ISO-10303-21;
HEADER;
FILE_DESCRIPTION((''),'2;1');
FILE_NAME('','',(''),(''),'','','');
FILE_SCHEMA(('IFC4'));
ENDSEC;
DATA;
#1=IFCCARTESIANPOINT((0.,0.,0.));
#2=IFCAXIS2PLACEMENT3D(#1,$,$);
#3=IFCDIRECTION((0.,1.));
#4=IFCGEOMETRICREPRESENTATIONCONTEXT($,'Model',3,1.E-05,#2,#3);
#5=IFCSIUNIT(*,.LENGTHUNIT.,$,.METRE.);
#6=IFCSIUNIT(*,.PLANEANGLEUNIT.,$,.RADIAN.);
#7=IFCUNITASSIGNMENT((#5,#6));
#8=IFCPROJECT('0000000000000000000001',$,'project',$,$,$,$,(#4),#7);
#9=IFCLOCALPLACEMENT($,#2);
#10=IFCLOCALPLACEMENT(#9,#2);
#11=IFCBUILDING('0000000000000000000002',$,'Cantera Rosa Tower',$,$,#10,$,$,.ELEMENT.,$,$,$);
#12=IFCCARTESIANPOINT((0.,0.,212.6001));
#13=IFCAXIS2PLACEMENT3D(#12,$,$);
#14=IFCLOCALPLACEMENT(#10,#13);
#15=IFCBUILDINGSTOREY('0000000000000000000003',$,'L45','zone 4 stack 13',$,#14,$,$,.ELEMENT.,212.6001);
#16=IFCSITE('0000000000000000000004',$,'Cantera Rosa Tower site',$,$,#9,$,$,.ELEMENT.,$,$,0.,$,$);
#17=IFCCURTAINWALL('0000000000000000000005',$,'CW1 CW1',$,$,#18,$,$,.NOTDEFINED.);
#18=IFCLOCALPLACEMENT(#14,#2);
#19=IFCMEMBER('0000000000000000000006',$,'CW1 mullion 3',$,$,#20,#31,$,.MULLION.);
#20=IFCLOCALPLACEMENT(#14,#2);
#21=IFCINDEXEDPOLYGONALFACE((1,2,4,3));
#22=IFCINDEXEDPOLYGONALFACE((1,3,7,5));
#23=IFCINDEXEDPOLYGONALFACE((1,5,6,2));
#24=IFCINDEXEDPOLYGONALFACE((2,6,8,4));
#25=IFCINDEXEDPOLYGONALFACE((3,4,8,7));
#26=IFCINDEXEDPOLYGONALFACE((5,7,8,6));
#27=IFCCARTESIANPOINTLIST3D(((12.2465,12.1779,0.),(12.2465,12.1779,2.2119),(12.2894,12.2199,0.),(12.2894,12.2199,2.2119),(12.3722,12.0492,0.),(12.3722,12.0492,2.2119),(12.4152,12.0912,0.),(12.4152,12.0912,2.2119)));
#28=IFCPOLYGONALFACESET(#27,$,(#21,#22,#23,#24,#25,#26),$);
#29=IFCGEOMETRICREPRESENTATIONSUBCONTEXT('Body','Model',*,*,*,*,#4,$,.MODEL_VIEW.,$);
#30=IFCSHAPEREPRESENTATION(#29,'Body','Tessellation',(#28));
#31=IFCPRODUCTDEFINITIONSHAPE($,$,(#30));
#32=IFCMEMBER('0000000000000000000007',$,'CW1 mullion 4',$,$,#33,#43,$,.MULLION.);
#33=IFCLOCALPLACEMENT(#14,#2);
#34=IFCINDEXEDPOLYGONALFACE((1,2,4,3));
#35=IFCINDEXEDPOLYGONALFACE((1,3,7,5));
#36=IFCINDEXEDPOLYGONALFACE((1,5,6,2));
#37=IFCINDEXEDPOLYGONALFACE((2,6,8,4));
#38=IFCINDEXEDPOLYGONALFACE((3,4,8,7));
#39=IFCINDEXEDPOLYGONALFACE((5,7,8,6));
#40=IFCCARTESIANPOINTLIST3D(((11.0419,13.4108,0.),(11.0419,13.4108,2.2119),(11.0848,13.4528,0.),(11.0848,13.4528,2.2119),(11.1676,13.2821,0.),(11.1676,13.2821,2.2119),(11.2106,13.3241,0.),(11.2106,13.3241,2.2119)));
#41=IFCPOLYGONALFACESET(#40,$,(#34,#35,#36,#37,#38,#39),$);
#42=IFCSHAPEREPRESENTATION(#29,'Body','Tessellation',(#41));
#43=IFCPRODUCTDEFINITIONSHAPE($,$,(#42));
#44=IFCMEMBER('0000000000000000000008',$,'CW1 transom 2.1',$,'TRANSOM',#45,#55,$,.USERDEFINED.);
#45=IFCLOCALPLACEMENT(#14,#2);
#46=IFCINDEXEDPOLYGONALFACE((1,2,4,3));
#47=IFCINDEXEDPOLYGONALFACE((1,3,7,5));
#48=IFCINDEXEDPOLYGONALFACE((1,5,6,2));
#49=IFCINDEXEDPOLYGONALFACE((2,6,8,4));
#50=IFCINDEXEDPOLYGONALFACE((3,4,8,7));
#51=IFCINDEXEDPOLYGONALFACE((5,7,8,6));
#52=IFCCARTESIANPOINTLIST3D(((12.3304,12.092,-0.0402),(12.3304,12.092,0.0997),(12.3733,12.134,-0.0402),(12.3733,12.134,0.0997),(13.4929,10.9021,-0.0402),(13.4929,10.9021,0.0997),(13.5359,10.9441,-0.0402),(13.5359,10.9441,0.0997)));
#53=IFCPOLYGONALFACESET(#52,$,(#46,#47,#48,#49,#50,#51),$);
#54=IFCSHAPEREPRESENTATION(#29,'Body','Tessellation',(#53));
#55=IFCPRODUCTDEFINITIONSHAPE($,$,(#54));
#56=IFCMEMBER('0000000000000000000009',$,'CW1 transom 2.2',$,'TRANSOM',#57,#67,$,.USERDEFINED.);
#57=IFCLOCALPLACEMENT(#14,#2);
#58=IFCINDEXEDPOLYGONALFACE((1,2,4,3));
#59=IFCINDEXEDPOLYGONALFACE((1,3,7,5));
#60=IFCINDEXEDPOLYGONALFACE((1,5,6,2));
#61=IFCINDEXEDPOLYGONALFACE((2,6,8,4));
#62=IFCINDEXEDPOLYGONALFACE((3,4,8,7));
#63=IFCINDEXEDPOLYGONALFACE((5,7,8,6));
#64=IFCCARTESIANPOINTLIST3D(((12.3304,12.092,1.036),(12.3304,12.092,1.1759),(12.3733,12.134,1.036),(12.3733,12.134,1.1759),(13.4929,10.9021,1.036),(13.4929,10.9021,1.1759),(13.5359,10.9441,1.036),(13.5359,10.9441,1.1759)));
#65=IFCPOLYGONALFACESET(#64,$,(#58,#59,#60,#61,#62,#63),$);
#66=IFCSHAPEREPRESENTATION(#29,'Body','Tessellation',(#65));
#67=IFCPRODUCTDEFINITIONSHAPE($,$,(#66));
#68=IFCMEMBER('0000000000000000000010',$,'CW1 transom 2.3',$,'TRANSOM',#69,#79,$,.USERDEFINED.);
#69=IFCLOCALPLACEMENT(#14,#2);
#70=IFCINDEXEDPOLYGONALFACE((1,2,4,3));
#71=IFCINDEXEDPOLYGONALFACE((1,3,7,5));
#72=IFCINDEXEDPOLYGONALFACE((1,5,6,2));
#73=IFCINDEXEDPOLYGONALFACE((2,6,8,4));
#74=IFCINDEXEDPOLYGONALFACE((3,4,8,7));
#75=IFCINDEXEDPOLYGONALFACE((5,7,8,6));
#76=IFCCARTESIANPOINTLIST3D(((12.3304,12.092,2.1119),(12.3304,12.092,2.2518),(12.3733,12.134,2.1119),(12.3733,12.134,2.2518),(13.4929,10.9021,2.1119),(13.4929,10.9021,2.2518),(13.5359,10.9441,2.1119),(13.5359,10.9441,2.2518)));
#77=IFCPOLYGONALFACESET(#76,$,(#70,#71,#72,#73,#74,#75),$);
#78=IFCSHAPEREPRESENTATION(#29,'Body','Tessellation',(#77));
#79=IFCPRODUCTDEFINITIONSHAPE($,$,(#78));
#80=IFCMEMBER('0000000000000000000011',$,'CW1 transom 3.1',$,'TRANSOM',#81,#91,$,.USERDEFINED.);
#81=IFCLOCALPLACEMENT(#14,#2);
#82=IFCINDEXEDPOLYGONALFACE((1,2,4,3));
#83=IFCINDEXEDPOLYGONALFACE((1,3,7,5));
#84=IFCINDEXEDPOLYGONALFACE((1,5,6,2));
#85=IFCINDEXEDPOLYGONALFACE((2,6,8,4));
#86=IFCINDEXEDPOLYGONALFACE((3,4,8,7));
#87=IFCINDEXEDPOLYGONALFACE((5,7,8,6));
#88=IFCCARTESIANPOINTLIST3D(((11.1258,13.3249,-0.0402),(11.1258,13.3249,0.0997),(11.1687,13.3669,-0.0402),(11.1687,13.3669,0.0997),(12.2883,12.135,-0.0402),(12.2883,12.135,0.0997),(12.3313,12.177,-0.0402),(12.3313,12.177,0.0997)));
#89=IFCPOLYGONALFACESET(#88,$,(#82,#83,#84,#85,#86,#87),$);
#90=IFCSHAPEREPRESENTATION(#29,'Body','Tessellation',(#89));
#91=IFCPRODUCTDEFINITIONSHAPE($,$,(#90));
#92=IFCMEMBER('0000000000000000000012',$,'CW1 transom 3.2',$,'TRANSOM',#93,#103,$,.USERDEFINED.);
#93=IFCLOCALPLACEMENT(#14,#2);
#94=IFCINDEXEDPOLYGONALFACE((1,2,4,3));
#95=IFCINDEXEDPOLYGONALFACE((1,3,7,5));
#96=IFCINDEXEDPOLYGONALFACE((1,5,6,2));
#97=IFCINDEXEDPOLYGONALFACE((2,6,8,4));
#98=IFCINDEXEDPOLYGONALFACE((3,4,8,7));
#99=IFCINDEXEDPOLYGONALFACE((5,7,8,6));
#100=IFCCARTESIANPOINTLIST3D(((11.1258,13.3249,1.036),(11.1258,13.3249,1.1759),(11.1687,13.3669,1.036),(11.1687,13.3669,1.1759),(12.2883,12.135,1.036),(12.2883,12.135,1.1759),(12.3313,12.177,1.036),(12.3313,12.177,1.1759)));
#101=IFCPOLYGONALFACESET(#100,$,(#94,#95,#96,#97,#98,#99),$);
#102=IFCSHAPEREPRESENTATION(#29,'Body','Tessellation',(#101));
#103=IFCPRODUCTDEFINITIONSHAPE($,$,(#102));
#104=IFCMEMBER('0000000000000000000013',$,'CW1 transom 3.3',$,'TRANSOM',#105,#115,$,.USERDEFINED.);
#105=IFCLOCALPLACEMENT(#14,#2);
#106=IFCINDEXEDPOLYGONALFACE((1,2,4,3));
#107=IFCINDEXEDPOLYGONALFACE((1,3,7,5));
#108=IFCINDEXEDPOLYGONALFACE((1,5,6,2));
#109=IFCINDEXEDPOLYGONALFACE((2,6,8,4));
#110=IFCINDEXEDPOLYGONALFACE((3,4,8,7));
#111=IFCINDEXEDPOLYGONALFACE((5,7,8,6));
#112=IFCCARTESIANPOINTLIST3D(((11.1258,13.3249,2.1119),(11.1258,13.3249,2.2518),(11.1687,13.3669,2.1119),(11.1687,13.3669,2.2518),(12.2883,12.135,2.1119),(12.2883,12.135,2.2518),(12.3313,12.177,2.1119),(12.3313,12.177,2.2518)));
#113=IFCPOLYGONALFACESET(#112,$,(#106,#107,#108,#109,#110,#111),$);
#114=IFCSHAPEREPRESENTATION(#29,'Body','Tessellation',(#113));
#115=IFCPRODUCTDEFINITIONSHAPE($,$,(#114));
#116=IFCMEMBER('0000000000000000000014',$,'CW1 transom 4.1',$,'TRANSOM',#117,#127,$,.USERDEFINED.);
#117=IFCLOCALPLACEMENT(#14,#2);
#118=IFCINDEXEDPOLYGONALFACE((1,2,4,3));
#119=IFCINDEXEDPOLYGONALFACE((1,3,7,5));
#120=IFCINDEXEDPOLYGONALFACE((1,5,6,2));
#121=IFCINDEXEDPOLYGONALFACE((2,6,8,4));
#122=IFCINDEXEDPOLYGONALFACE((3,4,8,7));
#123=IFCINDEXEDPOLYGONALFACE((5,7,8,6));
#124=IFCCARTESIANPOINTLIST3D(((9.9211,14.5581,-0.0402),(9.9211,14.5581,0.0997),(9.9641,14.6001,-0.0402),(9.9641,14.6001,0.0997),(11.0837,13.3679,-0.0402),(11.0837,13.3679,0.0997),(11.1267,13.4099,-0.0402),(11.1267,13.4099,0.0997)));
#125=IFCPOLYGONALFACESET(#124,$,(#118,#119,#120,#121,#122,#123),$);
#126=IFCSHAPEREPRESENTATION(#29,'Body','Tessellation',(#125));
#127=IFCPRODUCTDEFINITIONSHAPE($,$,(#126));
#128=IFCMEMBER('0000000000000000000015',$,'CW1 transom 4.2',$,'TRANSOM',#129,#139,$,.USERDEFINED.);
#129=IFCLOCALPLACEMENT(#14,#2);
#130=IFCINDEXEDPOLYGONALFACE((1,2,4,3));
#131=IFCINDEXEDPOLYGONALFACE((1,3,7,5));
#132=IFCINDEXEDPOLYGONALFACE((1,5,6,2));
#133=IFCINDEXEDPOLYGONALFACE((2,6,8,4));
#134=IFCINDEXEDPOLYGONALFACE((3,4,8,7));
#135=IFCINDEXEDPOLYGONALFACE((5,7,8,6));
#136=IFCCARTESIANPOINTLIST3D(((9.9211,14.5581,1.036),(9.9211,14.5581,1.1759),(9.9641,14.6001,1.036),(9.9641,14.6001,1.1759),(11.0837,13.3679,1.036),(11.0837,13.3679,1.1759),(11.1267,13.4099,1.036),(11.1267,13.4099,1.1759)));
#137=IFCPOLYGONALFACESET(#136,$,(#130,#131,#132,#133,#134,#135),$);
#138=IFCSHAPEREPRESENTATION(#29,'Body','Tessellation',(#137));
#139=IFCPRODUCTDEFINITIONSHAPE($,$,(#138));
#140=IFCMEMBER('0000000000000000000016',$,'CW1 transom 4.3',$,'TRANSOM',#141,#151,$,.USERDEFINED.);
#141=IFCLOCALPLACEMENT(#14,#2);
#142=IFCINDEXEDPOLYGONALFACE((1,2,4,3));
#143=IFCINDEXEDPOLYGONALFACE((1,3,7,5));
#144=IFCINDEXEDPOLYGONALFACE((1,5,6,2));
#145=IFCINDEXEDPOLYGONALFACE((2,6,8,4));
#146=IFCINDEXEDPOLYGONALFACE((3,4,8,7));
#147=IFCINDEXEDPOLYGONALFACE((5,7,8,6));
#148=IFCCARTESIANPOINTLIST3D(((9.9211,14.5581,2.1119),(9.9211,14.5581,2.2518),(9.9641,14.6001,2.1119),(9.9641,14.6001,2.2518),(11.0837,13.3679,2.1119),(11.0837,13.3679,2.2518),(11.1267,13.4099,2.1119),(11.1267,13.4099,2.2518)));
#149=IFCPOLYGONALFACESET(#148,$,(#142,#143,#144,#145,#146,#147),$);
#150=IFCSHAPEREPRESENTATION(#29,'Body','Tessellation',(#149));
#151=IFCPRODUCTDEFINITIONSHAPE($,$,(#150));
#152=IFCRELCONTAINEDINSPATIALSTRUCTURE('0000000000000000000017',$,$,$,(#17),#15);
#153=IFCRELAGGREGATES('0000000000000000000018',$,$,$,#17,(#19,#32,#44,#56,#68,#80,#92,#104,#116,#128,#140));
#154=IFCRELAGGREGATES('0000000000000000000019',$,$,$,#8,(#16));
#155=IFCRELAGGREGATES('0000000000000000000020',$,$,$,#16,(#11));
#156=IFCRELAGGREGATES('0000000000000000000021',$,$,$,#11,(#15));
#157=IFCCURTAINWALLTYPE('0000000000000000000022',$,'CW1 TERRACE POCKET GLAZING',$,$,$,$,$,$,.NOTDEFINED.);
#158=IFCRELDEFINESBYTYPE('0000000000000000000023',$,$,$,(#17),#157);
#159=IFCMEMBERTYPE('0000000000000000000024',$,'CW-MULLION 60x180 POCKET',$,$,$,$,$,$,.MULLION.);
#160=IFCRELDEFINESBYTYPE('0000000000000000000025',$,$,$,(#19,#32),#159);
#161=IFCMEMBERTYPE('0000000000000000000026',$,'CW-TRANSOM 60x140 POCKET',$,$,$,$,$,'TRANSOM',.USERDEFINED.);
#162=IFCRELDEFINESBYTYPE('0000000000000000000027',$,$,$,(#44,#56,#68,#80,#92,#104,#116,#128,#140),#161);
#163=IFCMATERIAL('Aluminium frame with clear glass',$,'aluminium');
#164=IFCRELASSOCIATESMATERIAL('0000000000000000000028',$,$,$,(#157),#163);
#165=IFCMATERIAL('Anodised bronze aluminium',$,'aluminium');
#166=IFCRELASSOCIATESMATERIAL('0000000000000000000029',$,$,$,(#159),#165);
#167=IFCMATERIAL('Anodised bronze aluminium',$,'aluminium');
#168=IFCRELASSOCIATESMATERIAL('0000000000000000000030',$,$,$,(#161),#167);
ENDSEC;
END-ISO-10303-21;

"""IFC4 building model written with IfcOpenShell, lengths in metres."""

from ifc_helpers import new_model, si_unit, direction, frame, origin, origin_2d, place, context, subcontext, project, spatial, rectangle, extrude, material, material_profile, profile_set, type_object, element, aggregate, save


model = new_model("IFC4")

# Units and contexts
model_context = context("Model", 3, precision=1e-05, world=origin(), true_north=direction((0.0, 1.0)))
body_context = subcontext(model_context, "Body", "Model", "MODEL_VIEW")
ifc_project = project(units=[si_unit("LENGTHUNIT", "METRE"), si_unit("PLANEANGLEUNIT", "RADIAN")], contexts=[model_context])

# Site, building, storey
site_placement = place(None, origin())
site = spatial("IfcSite", under=ifc_project, at=site_placement, Name="Cantera Rosa Tower site", CompositionType="ELEMENT", RefElevation=0.0)
building_placement = place(site_placement, origin())
building = spatial("IfcBuilding", under=site, at=building_placement, Name="Cantera Rosa Tower", CompositionType="ELEMENT")
storey_placement = place(building_placement, frame((0.0, 0.0, 212.6001)))
storey = spatial("IfcBuildingStorey", under=building, at=storey_placement, Name="L45", Description="zone 4 stack 13", CompositionType="ELEMENT", Elevation=212.6001)

# Curtain wall, members
ifc_material_1 = material(Name="Aluminium frame with clear glass", Category="aluminium")
curtain_wall_type = type_object("IfcCurtainWallType", Name="CW1 TERRACE POCKET GLAZING", PredefinedType="NOTDEFINED", material=ifc_material_1)
curtain_wall_placement = place(storey_placement, origin())
curtain_wall = element("IfcCurtainWall", 1, at=curtain_wall_placement, inside=storey, type_object=curtain_wall_type, Name="CW1 CW1", PredefinedType="NOTDEFINED")
ifc_material_2 = material(Name="Anodised bronze aluminium", Category="aluminium")
ifc_material_profile_1 = material_profile(ifc_material_2, rectangle(XDim=0.0601, YDim=0.1799, at=origin_2d()), Name="CW-MULLION 60x180 POCKET")
ifc_profile_set_1 = profile_set([ifc_material_profile_1], Name="Anodised bronze aluminium")
member_type_1 = type_object("IfcMemberType", Name="CW-MULLION 60x180 POCKET", PredefinedType="MULLION", material=ifc_profile_set_1)
member_1_placement = place(storey_placement, frame((12.3308, 12.1345, 0.0), z_axis=(0.0, 0.0, 1.0), x_axis=(-0.715286, -0.698832, 0.0)))
member_1 = element("IfcMember", 2, at=member_1_placement, type_object=member_type_1, Name="CW1 mullion 3", PredefinedType="MULLION", context=body_context, shape_type="SweptSolid", body=[
    extrude(rectangle(XDim=0.0601, YDim=0.1799, at=origin_2d()), origin(), (0.0, 0.0, 1.0), 2.2119),
])
member_2_placement = place(storey_placement, frame((11.1262, 13.3674, 0.0), z_axis=(0.0, 0.0, 1.0), x_axis=(-0.715286, -0.698832, 0.0)))
member_2 = element("IfcMember", 3, at=member_2_placement, type_object=member_type_1, Name="CW1 mullion 4", PredefinedType="MULLION", context=body_context, shape_type="SweptSolid", body=[
    extrude(rectangle(XDim=0.0601, YDim=0.1799, at=origin_2d()), origin(), (0.0, 0.0, 1.0), 2.2119),
])
ifc_material_3 = material(Name="Anodised bronze aluminium", Category="aluminium")
ifc_material_profile_2 = material_profile(ifc_material_3, rectangle(XDim=0.0601, YDim=0.1399, at=origin_2d()), Name="CW-TRANSOM 60x140 POCKET")
ifc_profile_set_2 = profile_set([ifc_material_profile_2], Name="Anodised bronze aluminium")
member_type_2 = type_object("IfcMemberType", Name="CW-TRANSOM 60x140 POCKET", ElementType="TRANSOM", PredefinedType="USERDEFINED", material=ifc_profile_set_2)
member_3_placement = place(storey_placement, frame((13.5144, 10.9231, 0.0298), z_axis=(-0.698841, 0.715277, 0.0), x_axis=(-0.715277, -0.698841, 0.0)))
member_3 = element("IfcMember", 4, at=member_3_placement, type_object=member_type_2, Name="CW1 transom 2.1", ObjectType="TRANSOM", PredefinedType="USERDEFINED", context=body_context, shape_type="SweptSolid", body=[
    extrude(rectangle(XDim=0.0601, YDim=0.1399, at=origin_2d()), origin(), (0.0, 0.0, 1.0), 1.6636),
])
member_4_placement = place(storey_placement, frame((13.5144, 10.9231, 1.106), z_axis=(-0.698841, 0.715277, 0.0), x_axis=(-0.715277, -0.698841, 0.0)))
member_4 = element("IfcMember", 5, at=member_4_placement, type_object=member_type_2, Name="CW1 transom 2.2", ObjectType="TRANSOM", PredefinedType="USERDEFINED", context=body_context, shape_type="SweptSolid", body=[
    extrude(rectangle(XDim=0.0601, YDim=0.1399, at=origin_2d()), origin(), (0.0, 0.0, 1.0), 1.6636),
])
member_5_placement = place(storey_placement, frame((13.5144, 10.9231, 2.1819), z_axis=(-0.698841, 0.715277, 0.0), x_axis=(-0.715277, -0.698841, 0.0)))
member_5 = element("IfcMember", 6, at=member_5_placement, type_object=member_type_2, Name="CW1 transom 2.3", ObjectType="TRANSOM", PredefinedType="USERDEFINED", context=body_context, shape_type="SweptSolid", body=[
    extrude(rectangle(XDim=0.0601, YDim=0.1399, at=origin_2d()), origin(), (0.0, 0.0, 1.0), 1.6636),
])
member_6_placement = place(storey_placement, frame((12.3098, 12.156, 0.0298), z_axis=(-0.698841, 0.715277, 0.0), x_axis=(-0.715277, -0.698841, 0.0)))
member_6 = element("IfcMember", 7, at=member_6_placement, type_object=member_type_2, Name="CW1 transom 3.1", ObjectType="TRANSOM", PredefinedType="USERDEFINED", context=body_context, shape_type="SweptSolid", body=[
    extrude(rectangle(XDim=0.0601, YDim=0.1399, at=origin_2d()), origin(), (0.0, 0.0, 1.0), 1.6636),
])
member_7_placement = place(storey_placement, frame((12.3098, 12.156, 1.106), z_axis=(-0.698841, 0.715277, 0.0), x_axis=(-0.715277, -0.698841, 0.0)))
member_7 = element("IfcMember", 8, at=member_7_placement, type_object=member_type_2, Name="CW1 transom 3.2", ObjectType="TRANSOM", PredefinedType="USERDEFINED", context=body_context, shape_type="SweptSolid", body=[
    extrude(rectangle(XDim=0.0601, YDim=0.1399, at=origin_2d()), origin(), (0.0, 0.0, 1.0), 1.6636),
])
member_8_placement = place(storey_placement, frame((12.3098, 12.156, 2.1819), z_axis=(-0.698841, 0.715277, 0.0), x_axis=(-0.715277, -0.698841, 0.0)))
member_8 = element("IfcMember", 9, at=member_8_placement, type_object=member_type_2, Name="CW1 transom 3.3", ObjectType="TRANSOM", PredefinedType="USERDEFINED", context=body_context, shape_type="SweptSolid", body=[
    extrude(rectangle(XDim=0.0601, YDim=0.1399, at=origin_2d()), origin(), (0.0, 0.0, 1.0), 1.6636),
])
member_9_placement = place(storey_placement, frame((11.1052, 13.3889, 0.0298), z_axis=(-0.698767, 0.715349, 0.0), x_axis=(-0.715349, -0.698767, 0.0)))
member_9 = element("IfcMember", 10, at=member_9_placement, type_object=member_type_2, Name="CW1 transom 4.1", ObjectType="TRANSOM", PredefinedType="USERDEFINED", context=body_context, shape_type="SweptSolid", body=[
    extrude(rectangle(XDim=0.0601, YDim=0.1399, at=origin_2d()), origin(), (0.0, 0.0, 1.0), 1.6638),
])
member_10_placement = place(storey_placement, frame((11.1052, 13.3889, 1.106), z_axis=(-0.698767, 0.715349, 0.0), x_axis=(-0.715349, -0.698767, 0.0)))
member_10 = element("IfcMember", 11, at=member_10_placement, type_object=member_type_2, Name="CW1 transom 4.2", ObjectType="TRANSOM", PredefinedType="USERDEFINED", context=body_context, shape_type="SweptSolid", body=[
    extrude(rectangle(XDim=0.0601, YDim=0.1399, at=origin_2d()), origin(), (0.0, 0.0, 1.0), 1.6638),
])
member_11_placement = place(storey_placement, frame((11.1052, 13.3889, 2.1819), z_axis=(-0.698767, 0.715349, 0.0), x_axis=(-0.715349, -0.698767, 0.0)))
member_11 = element("IfcMember", 12, at=member_11_placement, type_object=member_type_2, Name="CW1 transom 4.3", ObjectType="TRANSOM", PredefinedType="USERDEFINED", context=body_context, shape_type="SweptSolid", body=[
    extrude(rectangle(XDim=0.0601, YDim=0.1399, at=origin_2d()), origin(), (0.0, 0.0, 1.0), 1.6638),
])

aggregate(curtain_wall, [member_1, member_2, member_3, member_4, member_5, member_6, member_7, member_8, member_9, member_10, member_11])

save(model, "model.ifc")
